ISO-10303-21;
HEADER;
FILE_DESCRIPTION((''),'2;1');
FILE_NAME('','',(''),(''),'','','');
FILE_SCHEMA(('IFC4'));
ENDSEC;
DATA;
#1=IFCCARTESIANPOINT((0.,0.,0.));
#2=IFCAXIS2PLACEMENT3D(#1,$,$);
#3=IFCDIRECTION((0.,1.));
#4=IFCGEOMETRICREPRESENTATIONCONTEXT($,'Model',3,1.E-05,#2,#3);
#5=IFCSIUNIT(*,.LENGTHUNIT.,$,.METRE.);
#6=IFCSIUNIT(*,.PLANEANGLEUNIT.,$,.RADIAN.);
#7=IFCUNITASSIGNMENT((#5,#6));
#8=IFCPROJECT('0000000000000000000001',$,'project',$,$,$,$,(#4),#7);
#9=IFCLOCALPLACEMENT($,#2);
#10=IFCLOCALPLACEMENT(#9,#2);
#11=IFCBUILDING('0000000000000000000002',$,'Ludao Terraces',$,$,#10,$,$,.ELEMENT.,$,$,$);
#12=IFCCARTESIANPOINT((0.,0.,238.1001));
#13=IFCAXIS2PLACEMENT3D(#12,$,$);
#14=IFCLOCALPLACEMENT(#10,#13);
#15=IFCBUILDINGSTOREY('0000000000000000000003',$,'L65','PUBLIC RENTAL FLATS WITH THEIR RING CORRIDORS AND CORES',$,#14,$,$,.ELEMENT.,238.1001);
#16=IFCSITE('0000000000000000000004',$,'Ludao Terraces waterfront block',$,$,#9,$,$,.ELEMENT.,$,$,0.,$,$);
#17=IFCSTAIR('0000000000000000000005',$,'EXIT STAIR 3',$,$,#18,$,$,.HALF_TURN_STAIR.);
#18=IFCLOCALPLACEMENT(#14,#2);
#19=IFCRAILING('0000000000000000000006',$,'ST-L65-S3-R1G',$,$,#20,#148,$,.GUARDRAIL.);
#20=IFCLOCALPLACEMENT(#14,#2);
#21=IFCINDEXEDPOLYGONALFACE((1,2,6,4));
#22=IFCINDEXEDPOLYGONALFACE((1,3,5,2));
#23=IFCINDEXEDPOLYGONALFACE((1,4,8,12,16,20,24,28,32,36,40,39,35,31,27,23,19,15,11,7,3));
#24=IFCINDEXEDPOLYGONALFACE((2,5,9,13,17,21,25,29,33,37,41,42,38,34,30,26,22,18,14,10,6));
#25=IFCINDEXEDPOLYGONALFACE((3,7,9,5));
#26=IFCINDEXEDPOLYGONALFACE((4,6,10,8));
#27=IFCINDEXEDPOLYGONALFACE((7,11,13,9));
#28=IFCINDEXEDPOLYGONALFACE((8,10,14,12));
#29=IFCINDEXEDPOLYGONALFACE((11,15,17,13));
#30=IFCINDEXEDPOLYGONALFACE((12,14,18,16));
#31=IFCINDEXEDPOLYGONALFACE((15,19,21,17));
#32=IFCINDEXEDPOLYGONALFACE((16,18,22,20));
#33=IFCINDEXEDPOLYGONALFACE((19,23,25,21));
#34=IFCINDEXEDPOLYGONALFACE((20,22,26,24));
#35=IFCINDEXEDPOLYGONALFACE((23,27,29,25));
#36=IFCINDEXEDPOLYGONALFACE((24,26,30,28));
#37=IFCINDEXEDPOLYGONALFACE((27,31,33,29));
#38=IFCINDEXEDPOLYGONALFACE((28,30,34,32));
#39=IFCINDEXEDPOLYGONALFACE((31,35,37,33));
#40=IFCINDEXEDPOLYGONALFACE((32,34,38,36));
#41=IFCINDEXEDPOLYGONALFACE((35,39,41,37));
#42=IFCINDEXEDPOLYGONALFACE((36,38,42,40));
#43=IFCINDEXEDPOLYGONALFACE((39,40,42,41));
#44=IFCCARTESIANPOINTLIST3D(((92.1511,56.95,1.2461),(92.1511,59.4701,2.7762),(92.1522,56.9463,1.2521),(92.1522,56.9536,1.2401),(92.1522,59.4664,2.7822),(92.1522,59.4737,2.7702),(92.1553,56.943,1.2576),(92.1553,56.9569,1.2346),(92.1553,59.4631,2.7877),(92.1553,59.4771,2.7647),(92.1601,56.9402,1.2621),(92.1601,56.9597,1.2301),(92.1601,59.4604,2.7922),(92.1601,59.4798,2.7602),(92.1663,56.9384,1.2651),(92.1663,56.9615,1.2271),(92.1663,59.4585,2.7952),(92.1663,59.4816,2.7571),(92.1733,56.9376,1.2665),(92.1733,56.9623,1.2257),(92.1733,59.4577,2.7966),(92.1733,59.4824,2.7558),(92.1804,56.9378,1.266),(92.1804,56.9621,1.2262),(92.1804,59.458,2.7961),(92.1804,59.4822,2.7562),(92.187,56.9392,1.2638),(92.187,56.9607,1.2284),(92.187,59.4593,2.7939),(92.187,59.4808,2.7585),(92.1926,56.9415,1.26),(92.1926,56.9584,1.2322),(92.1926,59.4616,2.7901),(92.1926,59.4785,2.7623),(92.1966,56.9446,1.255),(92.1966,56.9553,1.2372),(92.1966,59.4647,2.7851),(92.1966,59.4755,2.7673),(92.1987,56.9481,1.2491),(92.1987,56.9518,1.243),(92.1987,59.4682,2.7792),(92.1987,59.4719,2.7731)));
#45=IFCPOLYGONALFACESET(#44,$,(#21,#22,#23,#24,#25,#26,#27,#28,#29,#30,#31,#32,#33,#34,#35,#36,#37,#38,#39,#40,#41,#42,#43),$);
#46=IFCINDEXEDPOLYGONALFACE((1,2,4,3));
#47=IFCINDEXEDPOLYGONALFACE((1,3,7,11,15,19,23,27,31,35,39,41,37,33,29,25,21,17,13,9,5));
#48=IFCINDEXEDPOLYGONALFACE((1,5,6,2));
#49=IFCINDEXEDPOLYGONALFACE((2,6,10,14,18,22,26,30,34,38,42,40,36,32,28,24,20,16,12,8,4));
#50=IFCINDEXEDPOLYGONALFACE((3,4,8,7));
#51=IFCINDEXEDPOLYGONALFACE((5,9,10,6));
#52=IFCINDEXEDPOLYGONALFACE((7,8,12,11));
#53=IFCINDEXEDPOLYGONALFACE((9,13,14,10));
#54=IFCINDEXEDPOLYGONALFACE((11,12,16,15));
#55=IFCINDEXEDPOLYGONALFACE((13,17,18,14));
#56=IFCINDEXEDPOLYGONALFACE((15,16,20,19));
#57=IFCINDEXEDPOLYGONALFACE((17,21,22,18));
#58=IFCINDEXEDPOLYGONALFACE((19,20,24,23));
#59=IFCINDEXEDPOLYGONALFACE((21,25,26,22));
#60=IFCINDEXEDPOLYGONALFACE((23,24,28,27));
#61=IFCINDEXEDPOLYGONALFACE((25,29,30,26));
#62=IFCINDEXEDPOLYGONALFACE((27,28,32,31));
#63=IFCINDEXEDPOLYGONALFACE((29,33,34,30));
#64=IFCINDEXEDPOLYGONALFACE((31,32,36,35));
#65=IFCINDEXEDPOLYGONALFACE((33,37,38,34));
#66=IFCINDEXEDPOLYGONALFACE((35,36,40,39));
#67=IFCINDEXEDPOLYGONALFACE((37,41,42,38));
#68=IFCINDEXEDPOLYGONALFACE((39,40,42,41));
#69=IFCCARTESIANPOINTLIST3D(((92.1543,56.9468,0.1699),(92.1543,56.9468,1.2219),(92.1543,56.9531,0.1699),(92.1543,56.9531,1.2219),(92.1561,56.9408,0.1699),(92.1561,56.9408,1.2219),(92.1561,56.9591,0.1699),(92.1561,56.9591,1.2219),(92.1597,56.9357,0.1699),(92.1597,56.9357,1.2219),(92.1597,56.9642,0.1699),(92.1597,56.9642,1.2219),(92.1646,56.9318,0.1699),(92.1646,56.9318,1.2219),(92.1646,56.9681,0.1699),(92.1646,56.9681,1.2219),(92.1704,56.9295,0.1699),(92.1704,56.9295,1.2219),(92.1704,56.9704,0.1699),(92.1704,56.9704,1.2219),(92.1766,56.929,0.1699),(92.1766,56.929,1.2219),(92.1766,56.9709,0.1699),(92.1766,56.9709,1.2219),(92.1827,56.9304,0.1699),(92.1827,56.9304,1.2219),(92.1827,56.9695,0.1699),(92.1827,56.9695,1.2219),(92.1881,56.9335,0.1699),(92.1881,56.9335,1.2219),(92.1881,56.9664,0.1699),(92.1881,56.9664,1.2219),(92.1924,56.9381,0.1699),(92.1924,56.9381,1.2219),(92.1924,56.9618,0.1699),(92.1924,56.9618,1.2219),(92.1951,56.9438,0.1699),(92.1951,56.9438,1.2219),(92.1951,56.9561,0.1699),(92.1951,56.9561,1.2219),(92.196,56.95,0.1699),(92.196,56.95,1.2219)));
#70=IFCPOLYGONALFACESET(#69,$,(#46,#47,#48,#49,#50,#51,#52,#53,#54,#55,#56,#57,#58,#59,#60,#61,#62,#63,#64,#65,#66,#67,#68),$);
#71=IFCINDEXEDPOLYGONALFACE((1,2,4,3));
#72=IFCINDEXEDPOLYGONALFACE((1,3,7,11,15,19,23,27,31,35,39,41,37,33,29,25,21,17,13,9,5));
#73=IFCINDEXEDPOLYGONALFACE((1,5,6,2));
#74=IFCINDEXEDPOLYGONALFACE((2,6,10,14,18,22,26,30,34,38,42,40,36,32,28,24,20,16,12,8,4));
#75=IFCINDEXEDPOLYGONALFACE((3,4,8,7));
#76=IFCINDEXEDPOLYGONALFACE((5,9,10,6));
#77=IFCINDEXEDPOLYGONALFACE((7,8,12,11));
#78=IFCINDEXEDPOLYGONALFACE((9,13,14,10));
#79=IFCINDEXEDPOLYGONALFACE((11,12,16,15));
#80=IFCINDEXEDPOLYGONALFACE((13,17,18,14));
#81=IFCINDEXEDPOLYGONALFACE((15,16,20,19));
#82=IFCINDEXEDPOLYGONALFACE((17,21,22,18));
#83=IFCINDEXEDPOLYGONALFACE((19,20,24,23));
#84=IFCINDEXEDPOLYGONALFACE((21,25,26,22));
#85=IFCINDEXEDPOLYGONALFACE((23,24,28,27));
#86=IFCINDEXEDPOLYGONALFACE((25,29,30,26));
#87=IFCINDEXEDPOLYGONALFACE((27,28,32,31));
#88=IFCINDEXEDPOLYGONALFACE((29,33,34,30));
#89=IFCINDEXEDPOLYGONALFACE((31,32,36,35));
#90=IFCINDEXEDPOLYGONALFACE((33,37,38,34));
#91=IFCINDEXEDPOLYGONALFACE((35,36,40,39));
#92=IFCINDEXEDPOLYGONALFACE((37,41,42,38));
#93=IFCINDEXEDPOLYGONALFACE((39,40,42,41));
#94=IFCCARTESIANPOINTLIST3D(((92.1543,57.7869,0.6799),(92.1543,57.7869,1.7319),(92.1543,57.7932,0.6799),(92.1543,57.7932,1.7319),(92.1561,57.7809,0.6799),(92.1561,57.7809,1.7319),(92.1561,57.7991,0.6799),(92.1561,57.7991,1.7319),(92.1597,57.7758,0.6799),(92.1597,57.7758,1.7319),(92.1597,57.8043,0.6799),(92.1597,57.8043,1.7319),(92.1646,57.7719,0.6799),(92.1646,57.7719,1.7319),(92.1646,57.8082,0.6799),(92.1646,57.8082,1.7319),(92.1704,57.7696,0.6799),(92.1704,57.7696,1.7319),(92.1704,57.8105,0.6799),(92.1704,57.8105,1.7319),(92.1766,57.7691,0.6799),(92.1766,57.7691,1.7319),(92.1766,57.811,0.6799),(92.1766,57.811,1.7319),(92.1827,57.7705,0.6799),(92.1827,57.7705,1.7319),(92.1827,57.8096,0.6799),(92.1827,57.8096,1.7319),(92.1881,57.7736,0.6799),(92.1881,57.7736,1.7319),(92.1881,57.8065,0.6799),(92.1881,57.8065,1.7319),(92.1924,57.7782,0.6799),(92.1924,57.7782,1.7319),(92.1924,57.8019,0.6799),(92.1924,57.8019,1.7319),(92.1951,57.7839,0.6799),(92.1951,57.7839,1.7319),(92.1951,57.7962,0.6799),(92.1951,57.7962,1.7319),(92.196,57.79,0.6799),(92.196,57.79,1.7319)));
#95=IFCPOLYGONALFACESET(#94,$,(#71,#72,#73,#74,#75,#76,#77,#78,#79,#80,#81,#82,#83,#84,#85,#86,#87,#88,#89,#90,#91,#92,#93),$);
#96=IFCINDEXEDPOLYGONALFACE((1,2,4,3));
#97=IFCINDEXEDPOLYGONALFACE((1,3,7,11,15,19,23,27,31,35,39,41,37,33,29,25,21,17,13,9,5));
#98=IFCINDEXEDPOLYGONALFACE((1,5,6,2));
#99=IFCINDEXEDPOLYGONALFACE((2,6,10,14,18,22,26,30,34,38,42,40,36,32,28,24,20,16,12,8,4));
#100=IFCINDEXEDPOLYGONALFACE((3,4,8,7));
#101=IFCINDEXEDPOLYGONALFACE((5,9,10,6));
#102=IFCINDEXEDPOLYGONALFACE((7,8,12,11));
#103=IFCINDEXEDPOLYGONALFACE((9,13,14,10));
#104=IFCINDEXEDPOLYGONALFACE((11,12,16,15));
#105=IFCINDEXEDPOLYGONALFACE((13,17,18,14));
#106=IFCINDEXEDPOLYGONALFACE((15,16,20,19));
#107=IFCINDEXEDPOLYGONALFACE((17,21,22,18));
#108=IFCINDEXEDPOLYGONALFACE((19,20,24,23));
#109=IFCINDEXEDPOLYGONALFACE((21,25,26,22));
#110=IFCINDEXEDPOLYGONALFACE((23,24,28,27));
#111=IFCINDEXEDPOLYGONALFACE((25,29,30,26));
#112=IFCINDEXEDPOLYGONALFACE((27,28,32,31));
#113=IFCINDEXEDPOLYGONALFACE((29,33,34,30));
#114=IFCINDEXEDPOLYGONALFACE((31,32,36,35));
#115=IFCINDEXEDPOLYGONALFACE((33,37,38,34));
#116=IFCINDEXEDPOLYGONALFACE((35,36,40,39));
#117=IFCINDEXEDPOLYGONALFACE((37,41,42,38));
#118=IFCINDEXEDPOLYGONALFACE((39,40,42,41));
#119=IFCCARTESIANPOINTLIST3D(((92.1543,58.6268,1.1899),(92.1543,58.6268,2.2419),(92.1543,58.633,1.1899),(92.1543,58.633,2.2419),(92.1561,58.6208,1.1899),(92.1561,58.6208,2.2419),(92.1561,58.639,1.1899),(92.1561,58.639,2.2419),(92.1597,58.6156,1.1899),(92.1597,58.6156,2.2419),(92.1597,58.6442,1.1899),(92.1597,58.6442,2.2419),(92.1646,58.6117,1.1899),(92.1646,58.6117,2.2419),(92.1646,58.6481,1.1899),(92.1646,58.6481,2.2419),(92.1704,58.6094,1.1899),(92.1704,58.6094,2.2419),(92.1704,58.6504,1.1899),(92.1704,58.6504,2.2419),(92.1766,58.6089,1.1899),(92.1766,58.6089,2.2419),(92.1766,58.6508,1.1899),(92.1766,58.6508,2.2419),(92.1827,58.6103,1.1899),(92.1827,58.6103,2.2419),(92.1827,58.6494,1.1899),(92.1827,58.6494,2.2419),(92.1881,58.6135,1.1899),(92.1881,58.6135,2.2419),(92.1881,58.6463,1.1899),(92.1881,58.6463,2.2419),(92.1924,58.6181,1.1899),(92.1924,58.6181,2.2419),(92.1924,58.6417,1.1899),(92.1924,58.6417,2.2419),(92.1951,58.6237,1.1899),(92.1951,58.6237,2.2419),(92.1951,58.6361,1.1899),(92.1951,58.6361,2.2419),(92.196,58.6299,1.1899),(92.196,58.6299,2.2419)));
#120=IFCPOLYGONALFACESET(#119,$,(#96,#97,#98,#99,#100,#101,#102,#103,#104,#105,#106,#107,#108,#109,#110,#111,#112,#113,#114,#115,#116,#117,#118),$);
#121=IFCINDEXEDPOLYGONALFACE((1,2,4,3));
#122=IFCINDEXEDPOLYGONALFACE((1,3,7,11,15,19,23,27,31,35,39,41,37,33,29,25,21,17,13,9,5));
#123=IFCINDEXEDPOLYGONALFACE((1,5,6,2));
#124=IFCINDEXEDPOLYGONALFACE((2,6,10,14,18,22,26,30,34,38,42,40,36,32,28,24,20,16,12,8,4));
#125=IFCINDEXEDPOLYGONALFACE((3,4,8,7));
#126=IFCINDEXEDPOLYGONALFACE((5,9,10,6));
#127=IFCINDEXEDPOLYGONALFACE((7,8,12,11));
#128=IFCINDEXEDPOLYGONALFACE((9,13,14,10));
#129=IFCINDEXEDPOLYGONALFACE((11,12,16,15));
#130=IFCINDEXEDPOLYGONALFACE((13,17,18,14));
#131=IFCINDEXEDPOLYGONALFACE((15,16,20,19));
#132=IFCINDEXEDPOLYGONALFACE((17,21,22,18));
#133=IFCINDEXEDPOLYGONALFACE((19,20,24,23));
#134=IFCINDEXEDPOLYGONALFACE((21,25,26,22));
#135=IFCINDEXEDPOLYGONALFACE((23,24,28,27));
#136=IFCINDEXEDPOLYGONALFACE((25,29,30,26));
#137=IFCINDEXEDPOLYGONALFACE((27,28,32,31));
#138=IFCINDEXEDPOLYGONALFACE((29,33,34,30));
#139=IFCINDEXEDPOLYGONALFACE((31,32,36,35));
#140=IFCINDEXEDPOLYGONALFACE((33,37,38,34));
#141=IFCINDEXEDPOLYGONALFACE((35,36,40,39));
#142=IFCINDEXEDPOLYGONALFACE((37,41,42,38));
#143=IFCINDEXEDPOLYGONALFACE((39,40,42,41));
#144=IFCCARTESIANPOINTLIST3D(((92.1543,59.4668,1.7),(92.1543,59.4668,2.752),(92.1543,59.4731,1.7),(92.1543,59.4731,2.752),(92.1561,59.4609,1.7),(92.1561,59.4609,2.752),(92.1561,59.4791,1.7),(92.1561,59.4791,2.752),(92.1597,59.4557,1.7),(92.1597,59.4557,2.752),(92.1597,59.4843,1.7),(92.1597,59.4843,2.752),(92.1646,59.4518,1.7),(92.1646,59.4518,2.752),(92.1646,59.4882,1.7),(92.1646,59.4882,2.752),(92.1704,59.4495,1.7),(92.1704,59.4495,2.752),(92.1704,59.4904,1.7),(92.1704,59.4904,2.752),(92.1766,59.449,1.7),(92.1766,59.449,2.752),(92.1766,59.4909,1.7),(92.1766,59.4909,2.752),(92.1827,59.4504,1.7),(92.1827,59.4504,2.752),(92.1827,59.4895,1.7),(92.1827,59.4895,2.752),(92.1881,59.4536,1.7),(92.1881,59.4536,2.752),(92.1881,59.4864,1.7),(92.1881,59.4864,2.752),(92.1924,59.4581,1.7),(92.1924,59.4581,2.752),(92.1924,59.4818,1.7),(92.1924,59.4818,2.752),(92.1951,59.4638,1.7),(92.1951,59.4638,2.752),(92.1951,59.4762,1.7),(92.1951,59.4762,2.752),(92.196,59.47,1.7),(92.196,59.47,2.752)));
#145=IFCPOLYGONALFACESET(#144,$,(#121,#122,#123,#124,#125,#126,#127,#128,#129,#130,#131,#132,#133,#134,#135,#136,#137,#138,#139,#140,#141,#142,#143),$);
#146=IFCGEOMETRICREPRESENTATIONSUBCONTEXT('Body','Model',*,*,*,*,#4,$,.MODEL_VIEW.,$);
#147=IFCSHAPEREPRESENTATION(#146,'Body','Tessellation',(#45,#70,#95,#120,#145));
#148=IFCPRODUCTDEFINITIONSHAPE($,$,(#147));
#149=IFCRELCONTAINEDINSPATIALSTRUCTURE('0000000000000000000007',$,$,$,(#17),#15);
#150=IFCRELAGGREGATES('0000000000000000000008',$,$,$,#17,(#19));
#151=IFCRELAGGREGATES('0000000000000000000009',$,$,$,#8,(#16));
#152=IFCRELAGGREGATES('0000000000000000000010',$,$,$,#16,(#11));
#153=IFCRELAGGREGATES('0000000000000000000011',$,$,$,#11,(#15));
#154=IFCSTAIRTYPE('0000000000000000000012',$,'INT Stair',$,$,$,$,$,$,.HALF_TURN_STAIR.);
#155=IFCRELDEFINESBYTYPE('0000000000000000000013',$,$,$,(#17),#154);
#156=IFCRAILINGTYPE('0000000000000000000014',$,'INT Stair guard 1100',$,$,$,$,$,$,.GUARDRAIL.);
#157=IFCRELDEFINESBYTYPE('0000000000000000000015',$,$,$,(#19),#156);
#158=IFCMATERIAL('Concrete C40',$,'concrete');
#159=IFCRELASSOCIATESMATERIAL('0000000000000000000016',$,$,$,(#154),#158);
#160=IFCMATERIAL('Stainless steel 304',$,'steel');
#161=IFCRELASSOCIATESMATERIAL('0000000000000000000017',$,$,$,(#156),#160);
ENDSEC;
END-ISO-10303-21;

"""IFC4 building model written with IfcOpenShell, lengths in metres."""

from ifc_helpers import new_model, si_unit, direction, frame, origin, origin_2d, place, context, subcontext, project, spatial, circle, extrude, material, type_object, element, aggregate, save


model = new_model("IFC4")

# Units and contexts
model_context = context("Model", 3, precision=1e-05, world=origin(), true_north=direction((0.0, 1.0)))
body_context = subcontext(model_context, "Body", "Model", "MODEL_VIEW")
ifc_project = project(units=[si_unit("LENGTHUNIT", "METRE"), si_unit("PLANEANGLEUNIT", "RADIAN")], contexts=[model_context])

# Site, building, storey
site_placement = place(None, origin())
site = spatial("IfcSite", under=ifc_project, at=site_placement, Name="Ludao Terraces waterfront block", CompositionType="ELEMENT", RefElevation=0.0)
building_placement = place(site_placement, origin())
building = spatial("IfcBuilding", under=site, at=building_placement, Name="Ludao Terraces", CompositionType="ELEMENT")
storey_placement = place(building_placement, frame((0.0, 0.0, 238.1001)))
storey = spatial("IfcBuildingStorey", under=building, at=storey_placement, Name="L65", Description="PUBLIC RENTAL FLATS WITH THEIR RING CORRIDORS AND CORES", CompositionType="ELEMENT", Elevation=238.1001)

# Shared definitions
ifc_material_1 = material(Name="Concrete C40", Category="concrete")

# Stair, railing
stair_type = type_object("IfcStairType", Name="INT Stair", PredefinedType="HALF_TURN_STAIR", material=ifc_material_1)
stair_placement = place(storey_placement, origin())
stair = element("IfcStair", 1, at=stair_placement, inside=storey, type_object=stair_type, Name="EXIT STAIR 3", PredefinedType="HALF_TURN_STAIR")
ifc_material_2 = material(Name="Stainless steel 304", Category="steel")
railing_type_1 = type_object("IfcRailingType", Name="INT Stair guard 1100", PredefinedType="GUARDRAIL", material=ifc_material_2)
railing_1_placement = place(storey_placement, frame((92.175, 56.95, 0.1699)))
railing_1 = element("IfcRailing", 2, at=railing_1_placement, type_object=railing_type_1, Name="ST-L65-S3-R1G", PredefinedType="GUARDRAIL", context=body_context, shape_type="SweptSolid", body=[
    extrude(circle(Radius=0.0239, at=origin_2d()), frame((0.0, 0.0, 1.0762), z_axis=(0.0, 0.854785, 0.518982), x_axis=(-1.0, 0.0, 0.0)), (0.0, 0.0, 1.0), 2.9482),
    extrude(circle(Radius=0.021, at=origin_2d()), origin(), (0.0, 0.0, 1.0), 1.052),
    extrude(circle(Radius=0.021, at=origin_2d()), frame((0.0, 0.8401, 0.51)), (0.0, 0.0, 1.0), 1.052),
    extrude(circle(Radius=0.021, at=origin_2d()), frame((0.0, 1.6799, 1.02)), (0.0, 0.0, 1.0), 1.052),
    extrude(circle(Radius=0.021, at=origin_2d()), frame((0.0, 2.52, 1.53)), (0.0, 0.0, 1.0), 1.052),
])
aggregate(stair, [railing_1])

save(model, "model.ifc")
